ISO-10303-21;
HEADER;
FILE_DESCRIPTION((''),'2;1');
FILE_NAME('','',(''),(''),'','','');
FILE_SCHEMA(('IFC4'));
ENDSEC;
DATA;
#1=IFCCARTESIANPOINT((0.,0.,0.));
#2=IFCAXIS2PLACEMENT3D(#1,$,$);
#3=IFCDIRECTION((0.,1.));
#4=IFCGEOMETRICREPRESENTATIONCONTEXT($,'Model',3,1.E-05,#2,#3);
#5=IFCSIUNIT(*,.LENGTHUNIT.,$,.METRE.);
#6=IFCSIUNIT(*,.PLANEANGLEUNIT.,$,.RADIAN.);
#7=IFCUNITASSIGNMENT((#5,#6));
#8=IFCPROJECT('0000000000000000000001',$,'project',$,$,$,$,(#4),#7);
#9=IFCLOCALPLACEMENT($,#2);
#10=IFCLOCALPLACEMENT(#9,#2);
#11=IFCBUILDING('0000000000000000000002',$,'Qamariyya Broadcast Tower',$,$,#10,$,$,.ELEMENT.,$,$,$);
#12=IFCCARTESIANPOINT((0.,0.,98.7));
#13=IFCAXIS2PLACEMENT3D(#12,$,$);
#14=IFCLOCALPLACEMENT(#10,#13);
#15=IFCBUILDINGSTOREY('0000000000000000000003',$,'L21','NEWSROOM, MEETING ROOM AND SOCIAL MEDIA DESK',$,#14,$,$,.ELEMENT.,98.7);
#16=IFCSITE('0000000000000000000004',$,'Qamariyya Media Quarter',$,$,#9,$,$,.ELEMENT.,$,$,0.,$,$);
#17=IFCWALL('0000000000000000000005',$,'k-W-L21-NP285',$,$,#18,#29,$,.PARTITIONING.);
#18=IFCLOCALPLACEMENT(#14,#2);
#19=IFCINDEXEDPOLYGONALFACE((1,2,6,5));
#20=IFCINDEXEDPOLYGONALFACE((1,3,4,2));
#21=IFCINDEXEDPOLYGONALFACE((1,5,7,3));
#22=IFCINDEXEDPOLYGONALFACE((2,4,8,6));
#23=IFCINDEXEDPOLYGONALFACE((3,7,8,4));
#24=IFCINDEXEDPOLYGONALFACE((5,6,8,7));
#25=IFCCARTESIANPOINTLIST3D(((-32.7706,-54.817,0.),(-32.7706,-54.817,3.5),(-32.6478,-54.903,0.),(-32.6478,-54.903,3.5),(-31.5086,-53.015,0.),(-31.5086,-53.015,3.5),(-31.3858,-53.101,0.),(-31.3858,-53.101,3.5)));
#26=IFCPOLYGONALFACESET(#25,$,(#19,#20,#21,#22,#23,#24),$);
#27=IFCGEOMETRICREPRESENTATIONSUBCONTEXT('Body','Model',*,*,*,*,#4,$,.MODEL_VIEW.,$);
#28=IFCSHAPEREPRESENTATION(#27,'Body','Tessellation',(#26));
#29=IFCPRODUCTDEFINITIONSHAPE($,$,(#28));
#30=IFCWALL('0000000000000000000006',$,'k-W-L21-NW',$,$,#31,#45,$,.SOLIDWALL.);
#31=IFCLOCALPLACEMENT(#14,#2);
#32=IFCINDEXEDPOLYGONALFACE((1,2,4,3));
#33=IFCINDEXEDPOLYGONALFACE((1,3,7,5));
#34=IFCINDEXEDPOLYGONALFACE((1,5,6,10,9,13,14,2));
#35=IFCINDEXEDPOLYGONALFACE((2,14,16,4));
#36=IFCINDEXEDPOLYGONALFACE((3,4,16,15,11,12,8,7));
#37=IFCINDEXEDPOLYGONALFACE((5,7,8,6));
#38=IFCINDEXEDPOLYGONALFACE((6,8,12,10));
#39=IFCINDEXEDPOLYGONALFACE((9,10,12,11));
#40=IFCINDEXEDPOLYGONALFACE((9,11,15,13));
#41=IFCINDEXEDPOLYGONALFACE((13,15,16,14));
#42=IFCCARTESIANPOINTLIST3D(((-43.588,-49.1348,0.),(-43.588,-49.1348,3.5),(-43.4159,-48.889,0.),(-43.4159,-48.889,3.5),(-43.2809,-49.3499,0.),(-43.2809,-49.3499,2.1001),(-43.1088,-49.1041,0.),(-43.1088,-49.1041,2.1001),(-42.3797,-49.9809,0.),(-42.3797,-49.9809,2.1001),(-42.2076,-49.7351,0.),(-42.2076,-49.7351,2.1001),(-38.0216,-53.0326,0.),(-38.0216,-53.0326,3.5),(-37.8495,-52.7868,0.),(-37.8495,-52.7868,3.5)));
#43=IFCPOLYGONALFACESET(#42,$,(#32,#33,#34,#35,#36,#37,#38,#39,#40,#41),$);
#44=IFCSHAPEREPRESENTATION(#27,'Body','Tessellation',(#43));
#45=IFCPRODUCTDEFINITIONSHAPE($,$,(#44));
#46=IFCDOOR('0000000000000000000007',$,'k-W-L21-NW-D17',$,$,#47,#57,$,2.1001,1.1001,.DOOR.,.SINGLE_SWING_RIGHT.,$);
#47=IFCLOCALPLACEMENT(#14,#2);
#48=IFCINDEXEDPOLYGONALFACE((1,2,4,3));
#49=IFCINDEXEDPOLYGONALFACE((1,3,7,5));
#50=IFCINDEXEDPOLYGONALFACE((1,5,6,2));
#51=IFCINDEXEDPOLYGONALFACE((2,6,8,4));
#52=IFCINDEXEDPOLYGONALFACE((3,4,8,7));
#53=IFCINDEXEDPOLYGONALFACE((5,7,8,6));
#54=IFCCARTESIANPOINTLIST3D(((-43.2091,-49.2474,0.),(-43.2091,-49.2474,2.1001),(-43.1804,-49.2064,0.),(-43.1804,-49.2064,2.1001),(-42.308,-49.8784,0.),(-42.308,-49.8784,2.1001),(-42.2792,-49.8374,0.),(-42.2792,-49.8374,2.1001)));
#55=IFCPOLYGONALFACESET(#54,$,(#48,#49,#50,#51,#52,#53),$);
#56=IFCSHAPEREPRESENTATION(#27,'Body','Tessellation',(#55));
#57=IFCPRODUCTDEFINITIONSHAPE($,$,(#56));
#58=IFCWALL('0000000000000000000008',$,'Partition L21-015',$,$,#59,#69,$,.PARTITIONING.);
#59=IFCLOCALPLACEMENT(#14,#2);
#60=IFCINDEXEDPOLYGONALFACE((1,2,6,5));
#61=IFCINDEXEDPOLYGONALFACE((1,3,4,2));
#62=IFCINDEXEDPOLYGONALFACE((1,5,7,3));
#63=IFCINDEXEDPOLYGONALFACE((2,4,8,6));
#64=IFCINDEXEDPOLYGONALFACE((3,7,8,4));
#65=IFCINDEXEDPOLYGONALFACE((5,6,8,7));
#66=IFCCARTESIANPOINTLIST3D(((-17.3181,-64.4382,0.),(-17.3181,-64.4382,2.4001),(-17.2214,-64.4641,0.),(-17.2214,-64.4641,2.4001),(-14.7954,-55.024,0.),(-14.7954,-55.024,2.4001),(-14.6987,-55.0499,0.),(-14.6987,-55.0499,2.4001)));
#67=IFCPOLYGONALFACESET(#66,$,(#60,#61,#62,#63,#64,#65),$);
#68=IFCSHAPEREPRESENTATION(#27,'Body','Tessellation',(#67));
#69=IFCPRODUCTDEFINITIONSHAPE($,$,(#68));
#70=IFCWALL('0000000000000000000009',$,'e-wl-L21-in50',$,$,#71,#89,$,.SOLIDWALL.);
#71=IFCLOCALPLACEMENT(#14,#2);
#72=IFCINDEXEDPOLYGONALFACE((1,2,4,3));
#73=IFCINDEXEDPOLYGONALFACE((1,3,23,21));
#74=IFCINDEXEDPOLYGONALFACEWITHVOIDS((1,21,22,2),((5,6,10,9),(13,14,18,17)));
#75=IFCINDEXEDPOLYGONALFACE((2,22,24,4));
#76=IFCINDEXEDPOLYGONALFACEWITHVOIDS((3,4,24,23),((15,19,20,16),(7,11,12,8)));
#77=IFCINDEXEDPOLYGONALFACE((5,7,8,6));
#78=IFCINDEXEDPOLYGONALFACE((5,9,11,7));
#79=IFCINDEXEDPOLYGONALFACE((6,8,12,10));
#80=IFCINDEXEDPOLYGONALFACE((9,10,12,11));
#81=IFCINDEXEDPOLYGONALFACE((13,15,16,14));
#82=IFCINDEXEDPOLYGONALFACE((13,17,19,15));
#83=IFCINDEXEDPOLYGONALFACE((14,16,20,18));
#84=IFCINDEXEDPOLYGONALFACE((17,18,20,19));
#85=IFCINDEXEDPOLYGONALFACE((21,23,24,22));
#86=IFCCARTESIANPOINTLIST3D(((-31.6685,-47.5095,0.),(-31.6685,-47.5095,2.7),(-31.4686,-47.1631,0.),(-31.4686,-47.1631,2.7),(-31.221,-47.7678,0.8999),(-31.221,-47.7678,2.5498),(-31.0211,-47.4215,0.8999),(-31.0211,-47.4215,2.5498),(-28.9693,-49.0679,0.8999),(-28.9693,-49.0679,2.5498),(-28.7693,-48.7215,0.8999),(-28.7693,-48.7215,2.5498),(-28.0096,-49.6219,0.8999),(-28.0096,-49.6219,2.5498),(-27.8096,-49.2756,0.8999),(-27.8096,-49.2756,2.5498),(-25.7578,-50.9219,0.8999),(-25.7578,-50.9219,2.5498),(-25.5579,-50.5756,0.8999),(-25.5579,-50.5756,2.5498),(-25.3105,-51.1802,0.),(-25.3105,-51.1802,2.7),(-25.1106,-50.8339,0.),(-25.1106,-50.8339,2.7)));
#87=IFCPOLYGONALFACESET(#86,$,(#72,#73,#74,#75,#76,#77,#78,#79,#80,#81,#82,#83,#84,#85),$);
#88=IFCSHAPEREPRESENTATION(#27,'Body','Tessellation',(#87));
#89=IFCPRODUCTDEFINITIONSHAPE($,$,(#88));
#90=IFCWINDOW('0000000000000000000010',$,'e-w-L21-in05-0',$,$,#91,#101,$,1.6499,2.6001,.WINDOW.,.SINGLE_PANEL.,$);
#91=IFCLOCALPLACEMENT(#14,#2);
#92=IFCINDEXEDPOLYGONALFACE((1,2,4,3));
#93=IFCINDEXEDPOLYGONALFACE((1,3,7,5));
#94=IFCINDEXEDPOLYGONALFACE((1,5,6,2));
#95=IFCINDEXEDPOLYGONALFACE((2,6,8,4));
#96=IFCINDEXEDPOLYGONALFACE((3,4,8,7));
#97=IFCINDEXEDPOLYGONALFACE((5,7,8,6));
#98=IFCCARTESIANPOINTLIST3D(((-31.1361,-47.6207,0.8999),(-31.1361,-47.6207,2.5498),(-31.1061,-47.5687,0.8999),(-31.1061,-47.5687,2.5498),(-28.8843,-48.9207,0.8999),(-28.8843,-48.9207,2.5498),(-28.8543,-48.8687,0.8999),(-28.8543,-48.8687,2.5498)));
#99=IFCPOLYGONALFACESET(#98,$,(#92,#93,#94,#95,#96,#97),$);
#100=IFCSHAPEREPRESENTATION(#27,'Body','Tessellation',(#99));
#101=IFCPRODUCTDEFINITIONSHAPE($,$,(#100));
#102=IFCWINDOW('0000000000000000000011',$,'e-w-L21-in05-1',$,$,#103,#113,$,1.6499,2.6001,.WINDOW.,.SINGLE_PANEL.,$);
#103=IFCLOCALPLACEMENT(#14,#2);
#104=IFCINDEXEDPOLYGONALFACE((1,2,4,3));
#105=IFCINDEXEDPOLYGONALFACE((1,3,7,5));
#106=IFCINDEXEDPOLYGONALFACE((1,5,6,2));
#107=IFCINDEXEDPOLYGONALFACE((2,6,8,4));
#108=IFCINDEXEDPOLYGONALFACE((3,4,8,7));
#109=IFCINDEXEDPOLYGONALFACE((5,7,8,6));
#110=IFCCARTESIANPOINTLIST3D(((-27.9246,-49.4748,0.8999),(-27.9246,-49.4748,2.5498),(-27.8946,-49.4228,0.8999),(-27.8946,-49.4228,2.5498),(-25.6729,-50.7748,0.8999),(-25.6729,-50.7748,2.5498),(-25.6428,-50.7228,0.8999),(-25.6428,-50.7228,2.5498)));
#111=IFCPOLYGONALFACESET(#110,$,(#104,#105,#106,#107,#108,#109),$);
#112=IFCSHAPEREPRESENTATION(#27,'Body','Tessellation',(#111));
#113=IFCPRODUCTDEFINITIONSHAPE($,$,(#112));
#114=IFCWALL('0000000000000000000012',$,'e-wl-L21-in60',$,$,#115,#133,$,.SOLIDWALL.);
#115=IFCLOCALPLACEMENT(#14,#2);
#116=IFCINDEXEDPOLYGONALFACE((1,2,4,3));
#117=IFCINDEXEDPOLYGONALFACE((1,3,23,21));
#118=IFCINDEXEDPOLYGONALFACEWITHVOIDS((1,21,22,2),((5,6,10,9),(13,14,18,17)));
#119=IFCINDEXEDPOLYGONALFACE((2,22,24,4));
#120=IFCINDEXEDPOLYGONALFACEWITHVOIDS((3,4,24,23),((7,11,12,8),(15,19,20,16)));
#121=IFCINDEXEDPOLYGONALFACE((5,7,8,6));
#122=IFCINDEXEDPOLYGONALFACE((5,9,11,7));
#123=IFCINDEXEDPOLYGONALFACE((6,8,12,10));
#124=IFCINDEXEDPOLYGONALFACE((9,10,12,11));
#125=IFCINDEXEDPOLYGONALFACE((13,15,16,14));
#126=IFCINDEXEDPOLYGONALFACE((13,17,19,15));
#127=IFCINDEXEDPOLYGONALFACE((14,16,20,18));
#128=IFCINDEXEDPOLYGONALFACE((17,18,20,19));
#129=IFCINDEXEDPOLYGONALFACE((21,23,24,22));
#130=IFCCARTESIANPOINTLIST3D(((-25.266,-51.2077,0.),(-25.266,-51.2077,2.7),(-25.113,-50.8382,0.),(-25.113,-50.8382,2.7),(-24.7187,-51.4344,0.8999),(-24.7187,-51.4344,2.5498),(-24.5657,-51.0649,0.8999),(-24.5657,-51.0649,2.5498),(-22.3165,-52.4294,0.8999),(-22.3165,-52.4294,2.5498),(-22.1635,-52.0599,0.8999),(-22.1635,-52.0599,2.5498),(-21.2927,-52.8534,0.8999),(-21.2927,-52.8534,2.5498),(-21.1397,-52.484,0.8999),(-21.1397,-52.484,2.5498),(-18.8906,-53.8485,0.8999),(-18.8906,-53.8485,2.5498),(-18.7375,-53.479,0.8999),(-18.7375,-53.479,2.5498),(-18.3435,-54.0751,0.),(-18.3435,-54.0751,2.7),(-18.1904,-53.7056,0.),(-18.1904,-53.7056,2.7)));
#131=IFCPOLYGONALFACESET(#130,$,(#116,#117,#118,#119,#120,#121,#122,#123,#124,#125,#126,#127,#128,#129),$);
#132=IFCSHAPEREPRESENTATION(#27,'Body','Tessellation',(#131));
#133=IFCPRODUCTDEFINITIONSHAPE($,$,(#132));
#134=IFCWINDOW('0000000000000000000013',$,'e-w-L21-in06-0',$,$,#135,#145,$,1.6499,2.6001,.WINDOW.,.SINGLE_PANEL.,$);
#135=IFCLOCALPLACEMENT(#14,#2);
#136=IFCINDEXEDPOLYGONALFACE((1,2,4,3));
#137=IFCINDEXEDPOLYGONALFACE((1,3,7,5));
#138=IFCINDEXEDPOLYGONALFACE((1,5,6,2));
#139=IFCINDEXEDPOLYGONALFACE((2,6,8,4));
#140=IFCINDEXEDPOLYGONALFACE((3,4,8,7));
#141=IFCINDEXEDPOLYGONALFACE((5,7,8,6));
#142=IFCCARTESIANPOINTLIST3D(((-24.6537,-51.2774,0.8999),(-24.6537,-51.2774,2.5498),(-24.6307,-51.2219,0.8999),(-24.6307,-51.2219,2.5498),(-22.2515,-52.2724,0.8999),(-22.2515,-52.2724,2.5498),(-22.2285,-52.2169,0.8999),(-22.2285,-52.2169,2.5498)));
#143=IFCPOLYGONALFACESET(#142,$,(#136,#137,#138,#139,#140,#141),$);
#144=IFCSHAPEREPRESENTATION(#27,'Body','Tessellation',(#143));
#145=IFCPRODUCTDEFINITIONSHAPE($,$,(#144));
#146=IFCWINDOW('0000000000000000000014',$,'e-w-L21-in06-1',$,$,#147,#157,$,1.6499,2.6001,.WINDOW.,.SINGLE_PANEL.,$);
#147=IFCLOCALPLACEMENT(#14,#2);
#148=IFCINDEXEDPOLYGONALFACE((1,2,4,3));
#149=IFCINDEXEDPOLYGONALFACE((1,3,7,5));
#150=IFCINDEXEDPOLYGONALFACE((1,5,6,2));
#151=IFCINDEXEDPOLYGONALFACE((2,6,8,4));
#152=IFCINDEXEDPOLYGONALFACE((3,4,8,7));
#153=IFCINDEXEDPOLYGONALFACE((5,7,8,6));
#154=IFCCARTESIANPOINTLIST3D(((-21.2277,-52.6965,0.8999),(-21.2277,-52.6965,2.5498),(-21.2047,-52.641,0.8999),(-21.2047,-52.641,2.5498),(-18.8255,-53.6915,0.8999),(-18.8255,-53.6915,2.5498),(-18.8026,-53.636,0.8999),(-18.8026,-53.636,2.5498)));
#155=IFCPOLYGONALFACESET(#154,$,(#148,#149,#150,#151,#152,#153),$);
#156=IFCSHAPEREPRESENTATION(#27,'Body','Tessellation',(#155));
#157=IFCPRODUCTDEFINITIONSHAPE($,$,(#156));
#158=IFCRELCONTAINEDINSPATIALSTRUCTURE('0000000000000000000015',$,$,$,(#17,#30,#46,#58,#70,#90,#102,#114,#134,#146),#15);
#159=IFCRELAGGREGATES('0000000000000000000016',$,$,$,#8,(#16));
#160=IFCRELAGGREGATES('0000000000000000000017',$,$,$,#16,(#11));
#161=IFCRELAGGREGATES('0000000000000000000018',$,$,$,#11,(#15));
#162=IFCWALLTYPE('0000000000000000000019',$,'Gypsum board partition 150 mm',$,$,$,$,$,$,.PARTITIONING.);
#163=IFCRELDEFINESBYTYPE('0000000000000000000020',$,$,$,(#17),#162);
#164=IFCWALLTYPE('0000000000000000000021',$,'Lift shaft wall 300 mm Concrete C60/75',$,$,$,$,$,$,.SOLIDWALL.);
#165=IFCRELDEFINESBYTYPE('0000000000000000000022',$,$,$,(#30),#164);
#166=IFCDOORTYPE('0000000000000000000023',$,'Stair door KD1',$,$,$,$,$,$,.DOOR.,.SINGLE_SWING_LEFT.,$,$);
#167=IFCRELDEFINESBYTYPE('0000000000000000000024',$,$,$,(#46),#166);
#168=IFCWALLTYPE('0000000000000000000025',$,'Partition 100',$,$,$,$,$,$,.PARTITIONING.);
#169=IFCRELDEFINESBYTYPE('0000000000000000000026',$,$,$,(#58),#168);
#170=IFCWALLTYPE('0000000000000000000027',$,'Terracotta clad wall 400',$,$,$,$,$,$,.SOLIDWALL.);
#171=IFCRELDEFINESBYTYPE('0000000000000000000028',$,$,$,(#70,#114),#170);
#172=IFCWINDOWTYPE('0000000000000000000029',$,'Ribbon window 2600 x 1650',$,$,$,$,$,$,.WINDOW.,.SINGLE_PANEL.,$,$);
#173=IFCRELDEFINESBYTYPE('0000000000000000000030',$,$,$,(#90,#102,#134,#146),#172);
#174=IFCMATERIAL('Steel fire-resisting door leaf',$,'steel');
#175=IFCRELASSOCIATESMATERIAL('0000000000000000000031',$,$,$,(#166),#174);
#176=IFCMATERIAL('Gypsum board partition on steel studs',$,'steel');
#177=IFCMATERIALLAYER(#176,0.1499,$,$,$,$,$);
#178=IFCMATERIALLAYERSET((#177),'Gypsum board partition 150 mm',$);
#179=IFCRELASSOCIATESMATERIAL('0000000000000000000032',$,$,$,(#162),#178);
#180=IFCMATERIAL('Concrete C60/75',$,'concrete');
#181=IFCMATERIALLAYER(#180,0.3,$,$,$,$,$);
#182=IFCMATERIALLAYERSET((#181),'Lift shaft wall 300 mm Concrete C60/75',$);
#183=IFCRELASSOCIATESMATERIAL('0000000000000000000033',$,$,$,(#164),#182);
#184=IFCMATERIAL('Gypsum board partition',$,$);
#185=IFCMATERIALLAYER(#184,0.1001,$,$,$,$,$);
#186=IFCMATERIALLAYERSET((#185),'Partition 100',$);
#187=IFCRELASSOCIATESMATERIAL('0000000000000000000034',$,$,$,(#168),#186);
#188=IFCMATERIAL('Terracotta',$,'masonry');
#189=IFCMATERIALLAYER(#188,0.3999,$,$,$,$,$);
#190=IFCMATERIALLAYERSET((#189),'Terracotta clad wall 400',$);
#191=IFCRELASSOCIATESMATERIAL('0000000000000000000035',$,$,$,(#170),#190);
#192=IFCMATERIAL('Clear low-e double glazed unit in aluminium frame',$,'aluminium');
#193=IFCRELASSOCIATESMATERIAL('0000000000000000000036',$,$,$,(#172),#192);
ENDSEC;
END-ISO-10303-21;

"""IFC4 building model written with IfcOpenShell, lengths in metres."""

from ifc_helpers import new_model, si_unit, direction, frame, frame_2d, origin, place, context, subcontext, project, spatial, rectangle, extrude, material, layer, layer_set, type_object, element, fill, save


model = new_model("IFC4")

# Units and contexts
model_context = context("Model", 3, precision=1e-05, world=origin(), true_north=direction((0.0, 1.0)))
body_context = subcontext(model_context, "Body", "Model", "MODEL_VIEW")
ifc_project = project(units=[si_unit("LENGTHUNIT", "METRE"), si_unit("PLANEANGLEUNIT", "RADIAN")], contexts=[model_context])

# Site, building, storey
site_placement = place(None, origin())
site = spatial("IfcSite", under=ifc_project, at=site_placement, Name="Qamariyya Media Quarter", CompositionType="ELEMENT", RefElevation=0.0)
building_placement = place(site_placement, origin())
building = spatial("IfcBuilding", under=site, at=building_placement, Name="Qamariyya Broadcast Tower", CompositionType="ELEMENT")
storey_placement = place(building_placement, frame((0.0, 0.0, 98.7)))
storey = spatial("IfcBuildingStorey", under=building, at=storey_placement, Name="L21", Description="NEWSROOM, MEETING ROOM AND SOCIAL MEDIA DESK", CompositionType="ELEMENT", Elevation=98.7)

# Shared definitions
ifc_material_1 = material(Name="Steel fire-resisting door leaf", Category="steel")
door_type_1 = type_object("IfcDoorType", Name="Stair door KD1", OperationType="SINGLE_SWING_LEFT", PredefinedType="DOOR", material=ifc_material_1)

# Wall
ifc_material_2 = material(Name="Gypsum board partition")
ifc_material_3 = material(Name="Concrete C60/75", Category="concrete")
ifc_material_4 = material(Name="Gypsum board partition on steel studs", Category="steel")
ifc_layer_1 = layer(ifc_material_4, 0.1499)
ifc_layer_set_1 = layer_set([ifc_layer_1], Name="Gypsum board partition 150 mm")
wall_type_1 = type_object("IfcWallType", Name="Gypsum board partition 150 mm", PredefinedType="PARTITIONING", material=ifc_layer_set_1)
wall_1_placement = place(storey_placement, frame((-32.7092, -54.8601, 0.0), z_axis=(0.0, 0.0, 1.0), x_axis=(0.573634, 0.819112, 0.0)))
element("IfcWall", 1, at=wall_1_placement, inside=storey, type_object=wall_type_1, Name="k-W-L21-NP285", PredefinedType="PARTITIONING", context=body_context, shape_type="SweptSolid", body=[
    extrude(rectangle(XDim=2.2, YDim=0.1499, at=frame_2d((1.1001, 0.0))), origin(), (0.0, 0.0, 1.0), 3.5),
])

# Wall, opening, door
ifc_layer_2 = layer(ifc_material_3, 0.3)
ifc_layer_set_2 = layer_set([ifc_layer_2], Name="Lift shaft wall 300 mm Concrete C60/75")
wall_type_2 = type_object("IfcWallType", Name="Lift shaft wall 300 mm Concrete C60/75", PredefinedType="SOLIDWALL", material=ifc_layer_set_2)
wall_2_placement = place(storey_placement, frame((-37.9355, -52.9097, 0.0), z_axis=(0.0, 0.0, 1.0), x_axis=(-0.819148, 0.573583, 0.0)))
wall_2 = element("IfcWall", 2, at=wall_2_placement, inside=storey, type_object=wall_type_2, Name="k-W-L21-NW", PredefinedType="SOLIDWALL", context=body_context, shape_type="SweptSolid", body=[
    extrude(rectangle(XDim=6.7954, YDim=0.3, at=frame_2d((3.3977, 0.0))), origin(), (0.0, 0.0, 1.0), 3.5),
])
opening_1_placement = place(wall_2_placement, frame((5.3203, 0.0, 0.0)))
opening_1 = element("IfcOpeningElement", 3, at=opening_1_placement, cuts=wall_2, PredefinedType="OPENING", context=body_context, shape_type="SweptSolid", body=[
    extrude(rectangle(XDim=1.1001, YDim=2.1001, at=frame_2d((0.55, 1.05))), frame((0.0, 0.1599, 0.0), z_axis=(0.0, -1.0, 0.0), x_axis=(1.0, 0.0, 0.0)), (0.0, 0.0, 1.0), 0.3201),
])
door_1_placement = place(opening_1_placement, origin())
door_1 = element("IfcDoor", 4, at=door_1_placement, inside=storey, type_object=door_type_1, Name="k-W-L21-NW-D17", OperationType="SINGLE_SWING_RIGHT", OverallHeight=2.1001, OverallWidth=1.1001, PredefinedType="DOOR", context=body_context, shape_type="SweptSolid", body=[
    extrude(rectangle(XDim=1.1001, YDim=2.1001, at=frame_2d((0.55, 1.05))), frame((0.0, 0.0249, 0.0), z_axis=(0.0, -1.0, 0.0), x_axis=(1.0, 0.0, 0.0)), (0.0, 0.0, 1.0), 0.05),
])
fill(opening_1, door_1)

# Wall
ifc_layer_3 = layer(ifc_material_2, 0.1001)
ifc_layer_set_3 = layer_set([ifc_layer_3], Name="Partition 100")
wall_type_3 = type_object("IfcWallType", Name="Partition 100", PredefinedType="PARTITIONING", material=ifc_layer_set_3)
wall_3_placement = place(storey_placement, frame((-14.7471, -55.0371, 0.0), z_axis=(0.0, 0.0, 1.0), x_axis=(-0.258833, -0.965922, 0.0)))
element("IfcWall", 5, at=wall_3_placement, inside=storey, type_object=wall_type_3, Name="Partition L21-015", PredefinedType="PARTITIONING", context=body_context, shape_type="SweptSolid", body=[
    extrude(rectangle(XDim=9.7463, YDim=0.1001, at=frame_2d((4.873, 0.0))), origin(), (0.0, 0.0, 1.0), 2.4001),
])

# Walls, openings, windows
ifc_material_5 = material(Name="Terracotta", Category="masonry")
ifc_layer_4 = layer(ifc_material_5, 0.3999)
ifc_layer_set_4 = layer_set([ifc_layer_4], Name="Terracotta clad wall 400")
wall_type_4 = type_object("IfcWallType", Name="Terracotta clad wall 400", PredefinedType="SOLIDWALL", material=ifc_layer_set_4)
wall_4_placement = place(storey_placement, frame((-25.2104, -51.0071, 0.0), z_axis=(0.0, 0.0, 1.0), x_axis=(-0.866031, 0.499991, 0.0)))
wall_4 = element("IfcWall", 6, at=wall_4_placement, inside=storey, type_object=wall_type_4, Name="e-wl-L21-in50", PredefinedType="SOLIDWALL", context=body_context, shape_type="SweptSolid", body=[
    extrude(rectangle(XDim=7.3416, YDim=0.3999, at=frame_2d((3.6709, 0.0))), origin(), (0.0, 0.0, 1.0), 2.7),
])
opening_2_placement = place(wall_4_placement, frame((4.2249, 0.0, 0.8999)))
opening_2 = element("IfcOpeningElement", 7, at=opening_2_placement, cuts=wall_4, PredefinedType="OPENING", context=body_context, shape_type="SweptSolid", body=[
    extrude(rectangle(XDim=2.6001, YDim=1.6499, at=frame_2d((1.3, 0.825))), frame((0.0, 0.21, 0.0), z_axis=(0.0, -1.0, 0.0), x_axis=(1.0, 0.0, 0.0)), (0.0, 0.0, 1.0), 0.4199),
])
opening_3_placement = place(wall_4_placement, frame((0.5166, 0.0, 0.8999)))
opening_3 = element("IfcOpeningElement", 8, at=opening_3_placement, cuts=wall_4, PredefinedType="OPENING", context=body_context, shape_type="SweptSolid", body=[
    extrude(rectangle(XDim=2.6001, YDim=1.6499, at=frame_2d((1.3, 0.825))), frame((0.0, 0.21, 0.0), z_axis=(0.0, -1.0, 0.0), x_axis=(1.0, 0.0, 0.0)), (0.0, 0.0, 1.0), 0.4199),
])
ifc_material_6 = material(Name="Clear low-e double glazed unit in aluminium frame", Category="aluminium")
window_type = type_object("IfcWindowType", Name="Ribbon window 2600 x 1650", PartitioningType="SINGLE_PANEL", PredefinedType="WINDOW", material=ifc_material_6)
window_1_placement = place(opening_2_placement, origin())
window_1 = element("IfcWindow", 9, at=window_1_placement, inside=storey, type_object=window_type, Name="e-w-L21-in05-0", OverallHeight=1.6499, OverallWidth=2.6001, PartitioningType="SINGLE_PANEL", PredefinedType="WINDOW", context=body_context, shape_type="SweptSolid", body=[
    extrude(rectangle(XDim=2.6001, YDim=1.6499, at=frame_2d((1.3, 0.825))), frame((0.0, 0.03, 0.0), z_axis=(0.0, -1.0, 0.0), x_axis=(1.0, 0.0, 0.0)), (0.0, 0.0, 1.0), 0.0601),
])
fill(opening_2, window_1)
window_2_placement = place(opening_3_placement, origin())
window_2 = element("IfcWindow", 10, at=window_2_placement, inside=storey, type_object=window_type, Name="e-w-L21-in05-1", OverallHeight=1.6499, OverallWidth=2.6001, PartitioningType="SINGLE_PANEL", PredefinedType="WINDOW", context=body_context, shape_type="SweptSolid", body=[
    extrude(rectangle(XDim=2.6001, YDim=1.6499, at=frame_2d((1.3, 0.825))), frame((0.0, 0.03, 0.0), z_axis=(0.0, -1.0, 0.0), x_axis=(1.0, 0.0, 0.0)), (0.0, 0.0, 1.0), 0.0601),
])
fill(opening_3, window_2)
wall_5_placement = place(storey_placement, frame((-18.2668, -53.8904, 0.0), z_axis=(0.0, 0.0, 1.0), x_axis=(-0.92388, 0.382683, 0.0)))
wall_5 = element("IfcWall", 11, at=wall_5_placement, inside=storey, type_object=wall_type_4, Name="e-wl-L21-in60", PredefinedType="SOLIDWALL", context=body_context, shape_type="SweptSolid", body=[
    extrude(rectangle(XDim=7.4929, YDim=0.3999, at=frame_2d((3.7466, 0.0))), origin(), (0.0, 0.0, 1.0), 2.7),
])
opening_4_placement = place(wall_5_placement, frame((4.3005, 0.0, 0.8999)))
opening_4 = element("IfcOpeningElement", 12, at=opening_4_placement, cuts=wall_5, PredefinedType="OPENING", context=body_context, shape_type="SweptSolid", body=[
    extrude(rectangle(XDim=2.6001, YDim=1.6499, at=frame_2d((1.3, 0.825))), frame((0.0, 0.21, 0.0), z_axis=(0.0, -1.0, 0.0), x_axis=(1.0, 0.0, 0.0)), (0.0, 0.0, 1.0), 0.4199),
])
opening_5_placement = place(wall_5_placement, frame((0.5923, 0.0, 0.8999)))
opening_5 = element("IfcOpeningElement", 13, at=opening_5_placement, cuts=wall_5, PredefinedType="OPENING", context=body_context, shape_type="SweptSolid", body=[
    extrude(rectangle(XDim=2.6001, YDim=1.6499, at=frame_2d((1.3, 0.825))), frame((0.0, 0.21, 0.0), z_axis=(0.0, -1.0, 0.0), x_axis=(1.0, 0.0, 0.0)), (0.0, 0.0, 1.0), 0.4199),
])
window_3_placement = place(opening_4_placement, origin())
window_3 = element("IfcWindow", 14, at=window_3_placement, inside=storey, type_object=window_type, Name="e-w-L21-in06-0", OverallHeight=1.6499, OverallWidth=2.6001, PartitioningType="SINGLE_PANEL", PredefinedType="WINDOW", context=body_context, shape_type="SweptSolid", body=[
    extrude(rectangle(XDim=2.6001, YDim=1.6499, at=frame_2d((1.3, 0.825))), frame((0.0, 0.03, 0.0), z_axis=(0.0, -1.0, 0.0), x_axis=(1.0, 0.0, 0.0)), (0.0, 0.0, 1.0), 0.0601),
])
fill(opening_4, window_3)
window_4_placement = place(opening_5_placement, origin())
window_4 = element("IfcWindow", 15, at=window_4_placement, inside=storey, type_object=window_type, Name="e-w-L21-in06-1", OverallHeight=1.6499, OverallWidth=2.6001, PartitioningType="SINGLE_PANEL", PredefinedType="WINDOW", context=body_context, shape_type="SweptSolid", body=[
    extrude(rectangle(XDim=2.6001, YDim=1.6499, at=frame_2d((1.3, 0.825))), frame((0.0, 0.03, 0.0), z_axis=(0.0, -1.0, 0.0), x_axis=(1.0, 0.0, 0.0)), (0.0, 0.0, 1.0), 0.0601),
])
fill(opening_5, window_4)

save(model, "model.ifc")
